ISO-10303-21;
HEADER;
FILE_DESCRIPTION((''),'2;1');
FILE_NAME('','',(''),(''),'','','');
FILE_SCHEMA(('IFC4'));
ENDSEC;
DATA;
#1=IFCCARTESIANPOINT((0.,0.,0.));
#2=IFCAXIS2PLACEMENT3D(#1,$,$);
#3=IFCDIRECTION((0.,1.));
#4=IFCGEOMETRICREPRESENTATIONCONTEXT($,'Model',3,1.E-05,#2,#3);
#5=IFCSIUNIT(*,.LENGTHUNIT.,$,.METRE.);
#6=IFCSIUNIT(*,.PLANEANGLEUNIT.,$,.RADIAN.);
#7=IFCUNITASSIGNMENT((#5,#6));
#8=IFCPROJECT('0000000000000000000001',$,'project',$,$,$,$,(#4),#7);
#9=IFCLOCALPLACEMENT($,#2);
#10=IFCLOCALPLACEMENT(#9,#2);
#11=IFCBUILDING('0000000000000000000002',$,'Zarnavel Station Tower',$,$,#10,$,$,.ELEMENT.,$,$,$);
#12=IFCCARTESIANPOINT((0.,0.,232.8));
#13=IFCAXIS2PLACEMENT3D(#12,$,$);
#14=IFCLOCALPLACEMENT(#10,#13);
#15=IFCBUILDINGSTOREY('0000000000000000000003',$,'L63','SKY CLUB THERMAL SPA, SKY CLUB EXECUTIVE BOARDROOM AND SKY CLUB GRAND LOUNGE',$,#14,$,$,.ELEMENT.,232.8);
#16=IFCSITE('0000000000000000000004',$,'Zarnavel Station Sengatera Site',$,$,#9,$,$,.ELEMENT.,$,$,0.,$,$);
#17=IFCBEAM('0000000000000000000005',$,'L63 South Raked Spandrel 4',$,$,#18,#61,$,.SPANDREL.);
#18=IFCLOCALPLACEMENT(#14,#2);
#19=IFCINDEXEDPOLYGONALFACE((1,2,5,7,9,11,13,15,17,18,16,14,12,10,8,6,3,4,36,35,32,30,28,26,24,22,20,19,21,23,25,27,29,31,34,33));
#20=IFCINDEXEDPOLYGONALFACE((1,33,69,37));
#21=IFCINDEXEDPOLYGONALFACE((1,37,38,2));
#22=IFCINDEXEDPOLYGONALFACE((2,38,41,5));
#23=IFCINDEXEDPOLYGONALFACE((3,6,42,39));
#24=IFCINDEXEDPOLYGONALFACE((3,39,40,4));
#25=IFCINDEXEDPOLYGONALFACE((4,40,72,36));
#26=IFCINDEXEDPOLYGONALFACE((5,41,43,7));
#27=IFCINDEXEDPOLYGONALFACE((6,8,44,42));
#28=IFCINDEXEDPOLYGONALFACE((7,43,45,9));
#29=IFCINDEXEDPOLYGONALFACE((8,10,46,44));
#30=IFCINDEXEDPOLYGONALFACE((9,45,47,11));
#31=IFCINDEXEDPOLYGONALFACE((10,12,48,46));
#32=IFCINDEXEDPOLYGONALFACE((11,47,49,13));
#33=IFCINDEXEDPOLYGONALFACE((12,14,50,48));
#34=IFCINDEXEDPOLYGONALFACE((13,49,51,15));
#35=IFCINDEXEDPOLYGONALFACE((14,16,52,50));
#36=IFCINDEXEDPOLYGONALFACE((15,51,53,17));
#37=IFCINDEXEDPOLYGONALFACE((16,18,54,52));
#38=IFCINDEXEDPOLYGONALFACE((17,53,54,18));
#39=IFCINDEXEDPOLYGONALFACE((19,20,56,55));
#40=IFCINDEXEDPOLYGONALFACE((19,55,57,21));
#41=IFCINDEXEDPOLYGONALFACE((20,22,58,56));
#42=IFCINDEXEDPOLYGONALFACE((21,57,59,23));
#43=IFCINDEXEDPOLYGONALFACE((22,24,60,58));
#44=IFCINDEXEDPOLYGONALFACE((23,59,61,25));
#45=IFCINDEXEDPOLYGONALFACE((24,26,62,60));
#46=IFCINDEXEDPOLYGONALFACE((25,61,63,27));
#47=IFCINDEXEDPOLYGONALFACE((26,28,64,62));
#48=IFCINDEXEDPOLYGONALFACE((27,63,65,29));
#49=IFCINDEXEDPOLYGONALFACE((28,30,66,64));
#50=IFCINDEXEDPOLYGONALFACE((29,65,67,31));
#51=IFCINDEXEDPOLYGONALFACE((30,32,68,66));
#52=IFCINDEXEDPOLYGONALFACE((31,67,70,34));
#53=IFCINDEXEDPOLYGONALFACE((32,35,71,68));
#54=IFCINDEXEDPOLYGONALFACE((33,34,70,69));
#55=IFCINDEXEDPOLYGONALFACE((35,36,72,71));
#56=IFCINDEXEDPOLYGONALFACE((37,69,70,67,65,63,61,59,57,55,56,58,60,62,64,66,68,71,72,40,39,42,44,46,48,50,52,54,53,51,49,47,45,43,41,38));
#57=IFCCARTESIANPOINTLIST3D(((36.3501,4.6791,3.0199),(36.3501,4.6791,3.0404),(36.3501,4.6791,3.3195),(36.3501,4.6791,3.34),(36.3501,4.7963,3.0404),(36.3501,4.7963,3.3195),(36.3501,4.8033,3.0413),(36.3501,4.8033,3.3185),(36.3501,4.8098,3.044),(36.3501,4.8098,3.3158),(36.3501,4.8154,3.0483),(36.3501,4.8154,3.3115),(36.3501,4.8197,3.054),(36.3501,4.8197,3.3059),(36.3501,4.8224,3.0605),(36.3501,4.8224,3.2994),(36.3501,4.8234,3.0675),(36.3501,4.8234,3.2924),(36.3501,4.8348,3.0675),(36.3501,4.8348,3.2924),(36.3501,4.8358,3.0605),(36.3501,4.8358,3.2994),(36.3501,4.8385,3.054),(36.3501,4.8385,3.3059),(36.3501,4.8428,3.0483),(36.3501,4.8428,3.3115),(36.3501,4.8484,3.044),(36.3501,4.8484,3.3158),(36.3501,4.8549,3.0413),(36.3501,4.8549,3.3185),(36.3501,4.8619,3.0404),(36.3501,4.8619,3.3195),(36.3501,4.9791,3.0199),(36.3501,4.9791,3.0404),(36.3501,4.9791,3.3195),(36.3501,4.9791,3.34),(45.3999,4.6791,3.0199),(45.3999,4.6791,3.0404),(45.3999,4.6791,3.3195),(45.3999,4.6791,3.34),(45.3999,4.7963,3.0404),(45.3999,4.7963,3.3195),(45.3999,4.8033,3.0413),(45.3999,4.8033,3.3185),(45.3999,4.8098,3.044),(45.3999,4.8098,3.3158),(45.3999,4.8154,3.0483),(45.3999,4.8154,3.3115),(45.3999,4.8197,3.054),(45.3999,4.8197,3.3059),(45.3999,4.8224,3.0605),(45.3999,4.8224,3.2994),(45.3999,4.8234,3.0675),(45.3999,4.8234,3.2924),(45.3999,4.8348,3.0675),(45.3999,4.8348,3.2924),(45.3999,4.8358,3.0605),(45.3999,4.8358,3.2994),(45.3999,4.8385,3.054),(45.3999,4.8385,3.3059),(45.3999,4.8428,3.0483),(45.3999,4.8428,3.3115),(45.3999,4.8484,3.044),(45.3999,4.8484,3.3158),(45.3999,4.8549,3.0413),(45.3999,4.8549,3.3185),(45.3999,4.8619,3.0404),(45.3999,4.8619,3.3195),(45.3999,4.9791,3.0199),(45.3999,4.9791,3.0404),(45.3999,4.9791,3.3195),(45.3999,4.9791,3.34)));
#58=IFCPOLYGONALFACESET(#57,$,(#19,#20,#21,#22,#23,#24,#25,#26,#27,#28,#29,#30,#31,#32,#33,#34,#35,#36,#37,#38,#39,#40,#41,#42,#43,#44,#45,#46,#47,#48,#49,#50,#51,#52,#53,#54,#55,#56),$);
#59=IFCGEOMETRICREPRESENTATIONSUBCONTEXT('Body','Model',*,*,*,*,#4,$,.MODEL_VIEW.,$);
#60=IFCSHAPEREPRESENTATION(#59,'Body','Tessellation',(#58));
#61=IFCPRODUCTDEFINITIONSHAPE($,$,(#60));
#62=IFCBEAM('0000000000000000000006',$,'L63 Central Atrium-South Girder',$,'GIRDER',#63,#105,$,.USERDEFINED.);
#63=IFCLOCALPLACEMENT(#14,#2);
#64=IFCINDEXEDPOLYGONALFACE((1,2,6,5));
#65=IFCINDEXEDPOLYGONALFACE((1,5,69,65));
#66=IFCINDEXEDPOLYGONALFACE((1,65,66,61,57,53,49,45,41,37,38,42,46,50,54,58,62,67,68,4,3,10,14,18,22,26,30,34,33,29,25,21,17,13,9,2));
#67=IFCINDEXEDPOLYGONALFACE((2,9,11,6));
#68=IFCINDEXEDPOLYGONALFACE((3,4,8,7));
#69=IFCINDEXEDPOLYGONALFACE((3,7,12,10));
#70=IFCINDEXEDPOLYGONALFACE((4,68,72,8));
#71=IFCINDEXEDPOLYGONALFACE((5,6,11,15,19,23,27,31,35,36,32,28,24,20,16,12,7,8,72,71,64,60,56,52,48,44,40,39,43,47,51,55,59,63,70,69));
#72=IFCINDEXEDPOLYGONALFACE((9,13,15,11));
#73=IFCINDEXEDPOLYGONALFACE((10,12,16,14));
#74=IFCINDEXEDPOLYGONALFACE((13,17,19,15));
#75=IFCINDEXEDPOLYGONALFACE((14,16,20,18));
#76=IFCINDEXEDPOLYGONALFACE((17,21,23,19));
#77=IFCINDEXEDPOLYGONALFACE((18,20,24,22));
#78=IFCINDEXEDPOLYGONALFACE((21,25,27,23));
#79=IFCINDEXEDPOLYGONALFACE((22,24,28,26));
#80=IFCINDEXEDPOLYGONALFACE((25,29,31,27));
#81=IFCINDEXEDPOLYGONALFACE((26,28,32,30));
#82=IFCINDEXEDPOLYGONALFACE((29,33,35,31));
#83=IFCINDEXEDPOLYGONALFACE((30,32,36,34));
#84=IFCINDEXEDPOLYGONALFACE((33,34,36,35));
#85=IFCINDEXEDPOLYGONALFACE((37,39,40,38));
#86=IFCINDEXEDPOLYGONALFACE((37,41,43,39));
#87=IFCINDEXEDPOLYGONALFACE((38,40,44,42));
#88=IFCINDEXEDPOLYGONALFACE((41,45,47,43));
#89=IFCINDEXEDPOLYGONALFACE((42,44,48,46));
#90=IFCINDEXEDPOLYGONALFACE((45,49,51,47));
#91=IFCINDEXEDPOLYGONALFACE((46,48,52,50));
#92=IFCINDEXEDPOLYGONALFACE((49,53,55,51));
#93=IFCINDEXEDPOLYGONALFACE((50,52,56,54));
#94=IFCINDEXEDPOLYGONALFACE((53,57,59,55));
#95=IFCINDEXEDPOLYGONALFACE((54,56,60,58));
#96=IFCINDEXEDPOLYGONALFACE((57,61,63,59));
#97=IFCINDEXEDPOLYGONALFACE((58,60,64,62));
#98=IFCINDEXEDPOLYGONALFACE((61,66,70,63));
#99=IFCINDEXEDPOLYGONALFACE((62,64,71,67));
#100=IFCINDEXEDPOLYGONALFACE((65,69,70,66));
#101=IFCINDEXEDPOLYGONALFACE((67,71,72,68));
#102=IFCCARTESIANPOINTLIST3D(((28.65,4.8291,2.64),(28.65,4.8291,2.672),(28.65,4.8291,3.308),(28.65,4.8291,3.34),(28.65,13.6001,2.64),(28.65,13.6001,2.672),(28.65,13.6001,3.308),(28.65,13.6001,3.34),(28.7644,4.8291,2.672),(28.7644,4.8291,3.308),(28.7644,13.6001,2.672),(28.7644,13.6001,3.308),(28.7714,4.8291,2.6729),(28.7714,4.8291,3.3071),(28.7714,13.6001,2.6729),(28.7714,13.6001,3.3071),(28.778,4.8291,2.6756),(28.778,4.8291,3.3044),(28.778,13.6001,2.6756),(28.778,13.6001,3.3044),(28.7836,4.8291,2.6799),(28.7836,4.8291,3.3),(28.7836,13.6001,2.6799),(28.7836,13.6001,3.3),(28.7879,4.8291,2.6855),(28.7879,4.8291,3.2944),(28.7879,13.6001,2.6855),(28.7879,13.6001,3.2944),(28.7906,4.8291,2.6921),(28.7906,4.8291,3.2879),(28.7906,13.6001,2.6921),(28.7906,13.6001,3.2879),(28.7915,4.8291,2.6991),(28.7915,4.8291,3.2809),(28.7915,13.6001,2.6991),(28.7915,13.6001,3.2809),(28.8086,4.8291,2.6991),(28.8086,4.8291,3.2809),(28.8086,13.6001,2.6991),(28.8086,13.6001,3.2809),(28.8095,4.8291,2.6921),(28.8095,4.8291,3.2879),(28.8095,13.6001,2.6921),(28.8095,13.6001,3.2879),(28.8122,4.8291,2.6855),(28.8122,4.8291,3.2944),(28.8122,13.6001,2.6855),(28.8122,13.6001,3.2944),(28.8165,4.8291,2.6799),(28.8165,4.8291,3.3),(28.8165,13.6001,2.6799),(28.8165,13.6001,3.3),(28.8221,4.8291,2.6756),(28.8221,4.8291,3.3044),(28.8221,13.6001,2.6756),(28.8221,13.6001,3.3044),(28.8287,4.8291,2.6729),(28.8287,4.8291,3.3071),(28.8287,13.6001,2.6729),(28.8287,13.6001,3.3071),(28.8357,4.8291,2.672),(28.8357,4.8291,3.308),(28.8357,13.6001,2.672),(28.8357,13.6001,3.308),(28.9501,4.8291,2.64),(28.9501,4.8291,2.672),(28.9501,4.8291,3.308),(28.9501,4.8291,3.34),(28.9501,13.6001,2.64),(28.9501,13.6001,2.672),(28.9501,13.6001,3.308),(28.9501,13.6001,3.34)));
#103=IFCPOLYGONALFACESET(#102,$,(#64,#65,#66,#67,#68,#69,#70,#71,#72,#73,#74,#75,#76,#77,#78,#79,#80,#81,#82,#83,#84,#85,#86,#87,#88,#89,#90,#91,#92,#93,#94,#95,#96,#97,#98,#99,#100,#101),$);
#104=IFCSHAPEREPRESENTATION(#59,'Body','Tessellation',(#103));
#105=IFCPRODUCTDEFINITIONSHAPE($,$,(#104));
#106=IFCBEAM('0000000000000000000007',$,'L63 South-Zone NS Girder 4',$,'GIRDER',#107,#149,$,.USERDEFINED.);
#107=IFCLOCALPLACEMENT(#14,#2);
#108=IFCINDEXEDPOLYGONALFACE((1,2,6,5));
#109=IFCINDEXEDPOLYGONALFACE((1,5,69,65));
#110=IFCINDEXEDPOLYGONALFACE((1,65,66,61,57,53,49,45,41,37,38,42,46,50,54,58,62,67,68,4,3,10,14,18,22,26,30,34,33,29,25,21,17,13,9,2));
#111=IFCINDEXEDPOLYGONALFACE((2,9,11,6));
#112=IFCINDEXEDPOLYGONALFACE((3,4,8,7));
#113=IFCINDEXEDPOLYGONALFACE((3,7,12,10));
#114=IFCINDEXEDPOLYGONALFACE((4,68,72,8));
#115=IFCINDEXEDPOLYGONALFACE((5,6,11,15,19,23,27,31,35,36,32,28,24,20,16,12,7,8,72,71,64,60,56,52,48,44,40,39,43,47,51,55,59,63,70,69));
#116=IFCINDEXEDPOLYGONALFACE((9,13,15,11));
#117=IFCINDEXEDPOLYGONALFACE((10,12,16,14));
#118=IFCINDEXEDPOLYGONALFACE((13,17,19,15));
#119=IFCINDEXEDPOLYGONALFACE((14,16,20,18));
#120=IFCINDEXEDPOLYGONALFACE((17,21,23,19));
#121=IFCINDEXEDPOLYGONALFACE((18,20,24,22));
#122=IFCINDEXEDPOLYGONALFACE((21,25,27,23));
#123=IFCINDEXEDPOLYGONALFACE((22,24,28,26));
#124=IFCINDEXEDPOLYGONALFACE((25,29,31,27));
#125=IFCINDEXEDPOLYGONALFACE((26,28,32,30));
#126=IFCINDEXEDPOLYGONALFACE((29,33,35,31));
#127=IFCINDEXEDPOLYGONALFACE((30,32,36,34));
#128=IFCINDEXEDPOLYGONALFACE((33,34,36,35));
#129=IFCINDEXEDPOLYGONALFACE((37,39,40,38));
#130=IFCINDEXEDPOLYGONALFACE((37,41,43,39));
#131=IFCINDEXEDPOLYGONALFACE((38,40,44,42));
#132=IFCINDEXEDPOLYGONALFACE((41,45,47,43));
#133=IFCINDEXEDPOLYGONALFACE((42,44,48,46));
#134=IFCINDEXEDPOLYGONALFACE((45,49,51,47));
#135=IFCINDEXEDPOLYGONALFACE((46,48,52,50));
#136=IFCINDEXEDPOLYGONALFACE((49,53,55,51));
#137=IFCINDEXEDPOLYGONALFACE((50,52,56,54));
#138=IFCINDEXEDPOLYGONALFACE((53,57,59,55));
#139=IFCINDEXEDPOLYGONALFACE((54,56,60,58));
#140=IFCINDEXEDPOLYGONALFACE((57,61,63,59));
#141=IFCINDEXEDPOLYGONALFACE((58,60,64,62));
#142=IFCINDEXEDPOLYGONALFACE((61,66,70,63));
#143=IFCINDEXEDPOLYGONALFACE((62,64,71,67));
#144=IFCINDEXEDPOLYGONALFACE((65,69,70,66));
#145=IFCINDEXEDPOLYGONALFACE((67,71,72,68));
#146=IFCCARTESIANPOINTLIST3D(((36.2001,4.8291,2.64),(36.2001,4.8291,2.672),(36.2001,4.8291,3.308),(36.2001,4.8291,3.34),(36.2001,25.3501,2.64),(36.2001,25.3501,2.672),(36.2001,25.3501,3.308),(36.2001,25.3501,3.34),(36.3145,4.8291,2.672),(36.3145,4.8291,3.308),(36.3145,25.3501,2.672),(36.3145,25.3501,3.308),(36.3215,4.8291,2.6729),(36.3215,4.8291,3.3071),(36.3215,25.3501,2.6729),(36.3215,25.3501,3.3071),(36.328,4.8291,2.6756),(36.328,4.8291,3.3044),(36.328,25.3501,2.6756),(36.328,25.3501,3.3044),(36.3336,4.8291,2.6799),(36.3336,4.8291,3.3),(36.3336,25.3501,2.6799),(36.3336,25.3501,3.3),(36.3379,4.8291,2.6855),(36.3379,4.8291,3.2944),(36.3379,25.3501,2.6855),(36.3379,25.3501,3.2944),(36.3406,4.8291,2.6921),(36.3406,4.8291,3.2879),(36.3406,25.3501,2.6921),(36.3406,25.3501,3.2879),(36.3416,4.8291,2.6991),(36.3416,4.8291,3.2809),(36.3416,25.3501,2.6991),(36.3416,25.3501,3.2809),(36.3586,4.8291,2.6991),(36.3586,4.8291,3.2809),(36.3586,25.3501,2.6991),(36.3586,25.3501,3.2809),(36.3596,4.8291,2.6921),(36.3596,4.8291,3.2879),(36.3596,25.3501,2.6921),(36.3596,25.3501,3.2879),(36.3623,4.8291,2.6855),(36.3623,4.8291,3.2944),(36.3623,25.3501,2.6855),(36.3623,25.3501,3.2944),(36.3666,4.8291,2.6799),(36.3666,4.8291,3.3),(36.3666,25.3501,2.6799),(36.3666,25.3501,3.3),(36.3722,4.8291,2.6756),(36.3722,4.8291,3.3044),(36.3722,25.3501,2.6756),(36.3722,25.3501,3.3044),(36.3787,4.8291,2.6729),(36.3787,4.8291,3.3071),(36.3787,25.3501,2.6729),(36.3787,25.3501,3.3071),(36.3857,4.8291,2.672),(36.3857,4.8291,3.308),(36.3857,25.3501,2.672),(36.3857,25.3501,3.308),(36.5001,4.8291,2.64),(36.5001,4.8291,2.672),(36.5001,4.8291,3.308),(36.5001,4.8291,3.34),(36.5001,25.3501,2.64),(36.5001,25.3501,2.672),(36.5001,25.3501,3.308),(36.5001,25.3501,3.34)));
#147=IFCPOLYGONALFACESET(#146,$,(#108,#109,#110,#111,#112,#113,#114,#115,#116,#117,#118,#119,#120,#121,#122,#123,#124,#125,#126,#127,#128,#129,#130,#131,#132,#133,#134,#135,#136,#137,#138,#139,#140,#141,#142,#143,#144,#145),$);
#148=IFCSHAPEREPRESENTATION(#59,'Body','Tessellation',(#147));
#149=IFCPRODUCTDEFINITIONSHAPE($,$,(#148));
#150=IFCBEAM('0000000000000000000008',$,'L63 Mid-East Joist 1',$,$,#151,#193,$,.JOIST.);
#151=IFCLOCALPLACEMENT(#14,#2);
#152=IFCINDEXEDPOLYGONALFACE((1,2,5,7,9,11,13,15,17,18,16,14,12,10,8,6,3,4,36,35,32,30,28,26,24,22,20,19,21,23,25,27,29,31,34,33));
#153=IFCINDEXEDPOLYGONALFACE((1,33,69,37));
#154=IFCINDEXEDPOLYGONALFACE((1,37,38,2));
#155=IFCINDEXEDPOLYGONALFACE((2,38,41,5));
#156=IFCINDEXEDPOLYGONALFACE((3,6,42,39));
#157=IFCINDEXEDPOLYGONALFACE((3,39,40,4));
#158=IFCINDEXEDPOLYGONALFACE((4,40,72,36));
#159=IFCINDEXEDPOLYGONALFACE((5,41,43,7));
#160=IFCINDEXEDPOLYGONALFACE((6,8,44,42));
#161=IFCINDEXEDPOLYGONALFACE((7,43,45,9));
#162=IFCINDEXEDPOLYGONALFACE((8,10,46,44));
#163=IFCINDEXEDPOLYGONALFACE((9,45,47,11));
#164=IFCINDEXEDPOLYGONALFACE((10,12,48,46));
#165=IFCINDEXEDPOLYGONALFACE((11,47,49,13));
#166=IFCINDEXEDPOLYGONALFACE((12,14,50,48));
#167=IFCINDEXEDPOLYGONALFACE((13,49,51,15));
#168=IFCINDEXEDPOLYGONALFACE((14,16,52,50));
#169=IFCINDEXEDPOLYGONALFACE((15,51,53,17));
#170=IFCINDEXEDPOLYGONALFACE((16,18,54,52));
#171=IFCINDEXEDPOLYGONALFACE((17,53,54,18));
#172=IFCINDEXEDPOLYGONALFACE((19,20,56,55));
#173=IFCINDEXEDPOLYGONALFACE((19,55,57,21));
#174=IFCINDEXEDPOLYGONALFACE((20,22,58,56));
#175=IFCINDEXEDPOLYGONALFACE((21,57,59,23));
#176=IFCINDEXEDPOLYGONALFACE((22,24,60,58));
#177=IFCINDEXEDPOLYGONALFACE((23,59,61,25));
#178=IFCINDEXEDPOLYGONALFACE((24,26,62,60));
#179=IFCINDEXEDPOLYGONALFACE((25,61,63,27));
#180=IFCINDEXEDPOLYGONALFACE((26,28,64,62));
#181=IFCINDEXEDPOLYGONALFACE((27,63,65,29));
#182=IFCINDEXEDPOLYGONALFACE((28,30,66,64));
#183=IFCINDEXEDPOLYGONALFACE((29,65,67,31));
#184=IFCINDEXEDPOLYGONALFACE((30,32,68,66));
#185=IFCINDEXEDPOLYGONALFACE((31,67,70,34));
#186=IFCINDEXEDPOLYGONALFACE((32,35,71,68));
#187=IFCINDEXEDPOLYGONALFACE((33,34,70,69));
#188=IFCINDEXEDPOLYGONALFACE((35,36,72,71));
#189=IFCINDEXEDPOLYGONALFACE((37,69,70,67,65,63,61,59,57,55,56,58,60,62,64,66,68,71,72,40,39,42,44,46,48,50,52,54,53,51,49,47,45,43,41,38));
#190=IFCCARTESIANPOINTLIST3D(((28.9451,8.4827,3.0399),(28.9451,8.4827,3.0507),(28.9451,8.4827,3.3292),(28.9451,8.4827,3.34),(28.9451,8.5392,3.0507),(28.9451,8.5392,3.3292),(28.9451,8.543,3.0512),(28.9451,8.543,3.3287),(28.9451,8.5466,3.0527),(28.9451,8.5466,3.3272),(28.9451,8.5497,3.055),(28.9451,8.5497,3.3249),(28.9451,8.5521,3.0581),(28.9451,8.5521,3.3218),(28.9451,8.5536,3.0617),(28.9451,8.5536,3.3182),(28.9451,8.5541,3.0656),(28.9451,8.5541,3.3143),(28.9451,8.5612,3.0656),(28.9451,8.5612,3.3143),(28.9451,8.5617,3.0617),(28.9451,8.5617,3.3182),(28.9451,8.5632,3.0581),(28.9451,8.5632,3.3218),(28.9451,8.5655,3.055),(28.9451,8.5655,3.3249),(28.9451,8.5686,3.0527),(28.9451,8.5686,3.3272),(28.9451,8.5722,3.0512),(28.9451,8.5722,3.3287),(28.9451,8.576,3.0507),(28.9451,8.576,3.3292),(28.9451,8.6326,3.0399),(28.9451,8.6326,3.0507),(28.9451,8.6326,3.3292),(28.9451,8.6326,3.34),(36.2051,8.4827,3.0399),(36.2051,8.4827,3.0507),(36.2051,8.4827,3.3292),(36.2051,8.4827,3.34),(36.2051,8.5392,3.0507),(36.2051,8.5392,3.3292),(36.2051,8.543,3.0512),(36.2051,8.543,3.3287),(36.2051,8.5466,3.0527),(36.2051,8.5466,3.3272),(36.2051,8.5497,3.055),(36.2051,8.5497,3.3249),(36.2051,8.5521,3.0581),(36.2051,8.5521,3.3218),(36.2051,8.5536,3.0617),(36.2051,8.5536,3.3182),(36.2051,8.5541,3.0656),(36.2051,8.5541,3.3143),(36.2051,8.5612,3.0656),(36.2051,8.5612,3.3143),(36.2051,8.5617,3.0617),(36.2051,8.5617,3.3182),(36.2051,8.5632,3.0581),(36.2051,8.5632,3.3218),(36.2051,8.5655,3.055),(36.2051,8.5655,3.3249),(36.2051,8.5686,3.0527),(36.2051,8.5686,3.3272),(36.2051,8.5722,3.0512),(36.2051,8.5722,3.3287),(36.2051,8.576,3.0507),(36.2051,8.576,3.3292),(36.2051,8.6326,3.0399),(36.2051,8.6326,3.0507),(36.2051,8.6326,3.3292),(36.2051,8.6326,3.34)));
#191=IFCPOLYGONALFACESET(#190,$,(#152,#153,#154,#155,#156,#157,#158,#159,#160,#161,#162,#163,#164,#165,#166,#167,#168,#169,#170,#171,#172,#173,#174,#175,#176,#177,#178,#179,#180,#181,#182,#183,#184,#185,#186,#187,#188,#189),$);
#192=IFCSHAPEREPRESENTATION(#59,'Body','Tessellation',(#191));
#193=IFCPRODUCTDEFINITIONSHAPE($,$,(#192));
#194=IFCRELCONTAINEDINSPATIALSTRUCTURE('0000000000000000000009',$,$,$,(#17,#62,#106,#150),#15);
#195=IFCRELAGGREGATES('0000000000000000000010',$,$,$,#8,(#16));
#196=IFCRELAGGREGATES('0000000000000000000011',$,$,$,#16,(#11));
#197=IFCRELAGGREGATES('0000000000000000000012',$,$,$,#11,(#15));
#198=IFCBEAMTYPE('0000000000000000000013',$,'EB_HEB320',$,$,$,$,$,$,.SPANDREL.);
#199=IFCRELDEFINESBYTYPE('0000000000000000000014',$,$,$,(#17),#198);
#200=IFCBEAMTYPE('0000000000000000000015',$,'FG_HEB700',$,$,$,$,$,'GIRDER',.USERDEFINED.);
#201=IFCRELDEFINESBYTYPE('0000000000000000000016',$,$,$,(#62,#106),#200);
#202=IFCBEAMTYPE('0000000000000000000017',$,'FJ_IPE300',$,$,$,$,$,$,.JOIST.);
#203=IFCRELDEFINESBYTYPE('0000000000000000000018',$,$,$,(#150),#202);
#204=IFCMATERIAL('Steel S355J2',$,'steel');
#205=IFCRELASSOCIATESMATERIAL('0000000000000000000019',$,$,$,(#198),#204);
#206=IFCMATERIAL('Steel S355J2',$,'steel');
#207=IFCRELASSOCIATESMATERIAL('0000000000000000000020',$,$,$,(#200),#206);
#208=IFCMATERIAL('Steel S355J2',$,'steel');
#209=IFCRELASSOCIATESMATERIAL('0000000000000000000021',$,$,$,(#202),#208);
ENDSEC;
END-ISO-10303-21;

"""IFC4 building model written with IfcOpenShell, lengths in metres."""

from ifc_helpers import new_model, si_unit, direction, frame, origin, origin_2d, place, context, subcontext, project, spatial, i_section, extrude, material, material_profile, profile_set, type_object, element, save


model = new_model("IFC4")

# Units and contexts
model_context = context("Model", 3, precision=1e-05, world=origin(), true_north=direction((0.0, 1.0)))
body_context = subcontext(model_context, "Body", "Model", "MODEL_VIEW")
ifc_project = project(units=[si_unit("LENGTHUNIT", "METRE"), si_unit("PLANEANGLEUNIT", "RADIAN")], contexts=[model_context])

# Site, building, storey
site_placement = place(None, origin())
site = spatial("IfcSite", under=ifc_project, at=site_placement, Name="Zarnavel Station Sengatera Site", CompositionType="ELEMENT", RefElevation=0.0)
building_placement = place(site_placement, origin())
building = spatial("IfcBuilding", under=site, at=building_placement, Name="Zarnavel Station Tower", CompositionType="ELEMENT")
storey_placement = place(building_placement, frame((0.0, 0.0, 232.8)))
storey = spatial("IfcBuildingStorey", under=building, at=storey_placement, Name="L63", Description="SKY CLUB THERMAL SPA, SKY CLUB EXECUTIVE BOARDROOM AND SKY CLUB GRAND LOUNGE", CompositionType="ELEMENT", Elevation=232.8)

# Beams
ifc_material_1 = material(Name="Steel S355J2", Category="steel")
ifc_material_profile_1 = material_profile(ifc_material_1, i_section(OverallWidth=0.3, OverallDepth=0.3201, WebThickness=0.0115, FlangeThickness=0.0205, FilletRadius=0.0271, at=origin_2d()), Name="HEB320")
ifc_profile_set_1 = profile_set([ifc_material_profile_1], Name="Steel S355J2")
beam_type_1 = type_object("IfcBeamType", Name="EB_HEB320", PredefinedType="SPANDREL", material=ifc_profile_set_1)
beam_1_placement = place(storey_placement, frame((36.3501, 4.8291, 3.1799), z_axis=(1.0, 0.0, 0.0), x_axis=(0.0, 1.0, 0.0)))
element("IfcBeam", 1, at=beam_1_placement, inside=storey, type_object=beam_type_1, Name="L63 South Raked Spandrel 4", PredefinedType="SPANDREL", context=body_context, shape_type="SweptSolid", body=[
    extrude(i_section(OverallWidth=0.3, OverallDepth=0.3201, WebThickness=0.0115, FlangeThickness=0.0205, FilletRadius=0.0271, at=origin_2d()), origin(), (0.0, 0.0, 1.0), 9.0498),
])
ifc_material_2 = material(Name="Steel S355J2", Category="steel")
ifc_material_profile_2 = material_profile(ifc_material_2, i_section(OverallWidth=0.3, OverallDepth=0.7, WebThickness=0.0171, FlangeThickness=0.032, FilletRadius=0.0271, at=origin_2d()), Name="HEB700")
ifc_profile_set_2 = profile_set([ifc_material_profile_2], Name="Steel S355J2")
beam_type_2 = type_object("IfcBeamType", Name="FG_HEB700", ElementType="GIRDER", PredefinedType="USERDEFINED", material=ifc_profile_set_2)
beam_2_placement = place(storey_placement, frame((28.8, 4.8291, 2.99), z_axis=(0.0, 1.0, 0.0), x_axis=(-1.0, 0.0, 0.0)))
element("IfcBeam", 2, at=beam_2_placement, inside=storey, type_object=beam_type_2, Name="L63 Central Atrium-South Girder", ObjectType="GIRDER", PredefinedType="USERDEFINED", context=body_context, shape_type="SweptSolid", body=[
    extrude(i_section(OverallWidth=0.3, OverallDepth=0.7, WebThickness=0.0171, FlangeThickness=0.032, FilletRadius=0.0271, at=origin_2d()), origin(), (0.0, 0.0, 1.0), 8.771),
])
beam_3_placement = place(storey_placement, frame((36.3501, 4.8291, 2.99), z_axis=(0.0, 1.0, 0.0), x_axis=(-1.0, 0.0, 0.0)))
element("IfcBeam", 3, at=beam_3_placement, inside=storey, type_object=beam_type_2, Name="L63 South-Zone NS Girder 4", ObjectType="GIRDER", PredefinedType="USERDEFINED", context=body_context, shape_type="SweptSolid", body=[
    extrude(i_section(OverallWidth=0.3, OverallDepth=0.7, WebThickness=0.0171, FlangeThickness=0.032, FilletRadius=0.0271, at=origin_2d()), origin(), (0.0, 0.0, 1.0), 20.521),
])
ifc_material_3 = material(Name="Steel S355J2", Category="steel")
ifc_material_profile_3 = material_profile(ifc_material_3, i_section(OverallWidth=0.1499, OverallDepth=0.3, WebThickness=0.0071, FlangeThickness=0.0107, FilletRadius=0.0149, at=origin_2d()), Name="IPE300")
ifc_profile_set_3 = profile_set([ifc_material_profile_3], Name="Steel S355J2")
beam_type_3 = type_object("IfcBeamType", Name="FJ_IPE300", PredefinedType="JOIST", material=ifc_profile_set_3)
for number, where, z_axis, x_axis, name in (
    (4, (28.9451, 8.5576, 3.1899), (1.0, 0.0, 0.0), (0.0, 1.0, 0.0), "L63 Mid-East Joist 1"),
):
    element("IfcBeam", number, at=place(storey_placement, frame(where, z_axis=z_axis, x_axis=x_axis)), inside=storey, type_object=beam_type_3, Name=name, PredefinedType="JOIST", context=body_context, shape_type="SweptSolid", body=[
        extrude(i_section(OverallWidth=0.1499, OverallDepth=0.3, WebThickness=0.0071, FlangeThickness=0.0107, FilletRadius=0.0149, at=origin_2d()), origin(), (0.0, 0.0, 1.0), 7.26),
    ])

save(model, "model.ifc")
